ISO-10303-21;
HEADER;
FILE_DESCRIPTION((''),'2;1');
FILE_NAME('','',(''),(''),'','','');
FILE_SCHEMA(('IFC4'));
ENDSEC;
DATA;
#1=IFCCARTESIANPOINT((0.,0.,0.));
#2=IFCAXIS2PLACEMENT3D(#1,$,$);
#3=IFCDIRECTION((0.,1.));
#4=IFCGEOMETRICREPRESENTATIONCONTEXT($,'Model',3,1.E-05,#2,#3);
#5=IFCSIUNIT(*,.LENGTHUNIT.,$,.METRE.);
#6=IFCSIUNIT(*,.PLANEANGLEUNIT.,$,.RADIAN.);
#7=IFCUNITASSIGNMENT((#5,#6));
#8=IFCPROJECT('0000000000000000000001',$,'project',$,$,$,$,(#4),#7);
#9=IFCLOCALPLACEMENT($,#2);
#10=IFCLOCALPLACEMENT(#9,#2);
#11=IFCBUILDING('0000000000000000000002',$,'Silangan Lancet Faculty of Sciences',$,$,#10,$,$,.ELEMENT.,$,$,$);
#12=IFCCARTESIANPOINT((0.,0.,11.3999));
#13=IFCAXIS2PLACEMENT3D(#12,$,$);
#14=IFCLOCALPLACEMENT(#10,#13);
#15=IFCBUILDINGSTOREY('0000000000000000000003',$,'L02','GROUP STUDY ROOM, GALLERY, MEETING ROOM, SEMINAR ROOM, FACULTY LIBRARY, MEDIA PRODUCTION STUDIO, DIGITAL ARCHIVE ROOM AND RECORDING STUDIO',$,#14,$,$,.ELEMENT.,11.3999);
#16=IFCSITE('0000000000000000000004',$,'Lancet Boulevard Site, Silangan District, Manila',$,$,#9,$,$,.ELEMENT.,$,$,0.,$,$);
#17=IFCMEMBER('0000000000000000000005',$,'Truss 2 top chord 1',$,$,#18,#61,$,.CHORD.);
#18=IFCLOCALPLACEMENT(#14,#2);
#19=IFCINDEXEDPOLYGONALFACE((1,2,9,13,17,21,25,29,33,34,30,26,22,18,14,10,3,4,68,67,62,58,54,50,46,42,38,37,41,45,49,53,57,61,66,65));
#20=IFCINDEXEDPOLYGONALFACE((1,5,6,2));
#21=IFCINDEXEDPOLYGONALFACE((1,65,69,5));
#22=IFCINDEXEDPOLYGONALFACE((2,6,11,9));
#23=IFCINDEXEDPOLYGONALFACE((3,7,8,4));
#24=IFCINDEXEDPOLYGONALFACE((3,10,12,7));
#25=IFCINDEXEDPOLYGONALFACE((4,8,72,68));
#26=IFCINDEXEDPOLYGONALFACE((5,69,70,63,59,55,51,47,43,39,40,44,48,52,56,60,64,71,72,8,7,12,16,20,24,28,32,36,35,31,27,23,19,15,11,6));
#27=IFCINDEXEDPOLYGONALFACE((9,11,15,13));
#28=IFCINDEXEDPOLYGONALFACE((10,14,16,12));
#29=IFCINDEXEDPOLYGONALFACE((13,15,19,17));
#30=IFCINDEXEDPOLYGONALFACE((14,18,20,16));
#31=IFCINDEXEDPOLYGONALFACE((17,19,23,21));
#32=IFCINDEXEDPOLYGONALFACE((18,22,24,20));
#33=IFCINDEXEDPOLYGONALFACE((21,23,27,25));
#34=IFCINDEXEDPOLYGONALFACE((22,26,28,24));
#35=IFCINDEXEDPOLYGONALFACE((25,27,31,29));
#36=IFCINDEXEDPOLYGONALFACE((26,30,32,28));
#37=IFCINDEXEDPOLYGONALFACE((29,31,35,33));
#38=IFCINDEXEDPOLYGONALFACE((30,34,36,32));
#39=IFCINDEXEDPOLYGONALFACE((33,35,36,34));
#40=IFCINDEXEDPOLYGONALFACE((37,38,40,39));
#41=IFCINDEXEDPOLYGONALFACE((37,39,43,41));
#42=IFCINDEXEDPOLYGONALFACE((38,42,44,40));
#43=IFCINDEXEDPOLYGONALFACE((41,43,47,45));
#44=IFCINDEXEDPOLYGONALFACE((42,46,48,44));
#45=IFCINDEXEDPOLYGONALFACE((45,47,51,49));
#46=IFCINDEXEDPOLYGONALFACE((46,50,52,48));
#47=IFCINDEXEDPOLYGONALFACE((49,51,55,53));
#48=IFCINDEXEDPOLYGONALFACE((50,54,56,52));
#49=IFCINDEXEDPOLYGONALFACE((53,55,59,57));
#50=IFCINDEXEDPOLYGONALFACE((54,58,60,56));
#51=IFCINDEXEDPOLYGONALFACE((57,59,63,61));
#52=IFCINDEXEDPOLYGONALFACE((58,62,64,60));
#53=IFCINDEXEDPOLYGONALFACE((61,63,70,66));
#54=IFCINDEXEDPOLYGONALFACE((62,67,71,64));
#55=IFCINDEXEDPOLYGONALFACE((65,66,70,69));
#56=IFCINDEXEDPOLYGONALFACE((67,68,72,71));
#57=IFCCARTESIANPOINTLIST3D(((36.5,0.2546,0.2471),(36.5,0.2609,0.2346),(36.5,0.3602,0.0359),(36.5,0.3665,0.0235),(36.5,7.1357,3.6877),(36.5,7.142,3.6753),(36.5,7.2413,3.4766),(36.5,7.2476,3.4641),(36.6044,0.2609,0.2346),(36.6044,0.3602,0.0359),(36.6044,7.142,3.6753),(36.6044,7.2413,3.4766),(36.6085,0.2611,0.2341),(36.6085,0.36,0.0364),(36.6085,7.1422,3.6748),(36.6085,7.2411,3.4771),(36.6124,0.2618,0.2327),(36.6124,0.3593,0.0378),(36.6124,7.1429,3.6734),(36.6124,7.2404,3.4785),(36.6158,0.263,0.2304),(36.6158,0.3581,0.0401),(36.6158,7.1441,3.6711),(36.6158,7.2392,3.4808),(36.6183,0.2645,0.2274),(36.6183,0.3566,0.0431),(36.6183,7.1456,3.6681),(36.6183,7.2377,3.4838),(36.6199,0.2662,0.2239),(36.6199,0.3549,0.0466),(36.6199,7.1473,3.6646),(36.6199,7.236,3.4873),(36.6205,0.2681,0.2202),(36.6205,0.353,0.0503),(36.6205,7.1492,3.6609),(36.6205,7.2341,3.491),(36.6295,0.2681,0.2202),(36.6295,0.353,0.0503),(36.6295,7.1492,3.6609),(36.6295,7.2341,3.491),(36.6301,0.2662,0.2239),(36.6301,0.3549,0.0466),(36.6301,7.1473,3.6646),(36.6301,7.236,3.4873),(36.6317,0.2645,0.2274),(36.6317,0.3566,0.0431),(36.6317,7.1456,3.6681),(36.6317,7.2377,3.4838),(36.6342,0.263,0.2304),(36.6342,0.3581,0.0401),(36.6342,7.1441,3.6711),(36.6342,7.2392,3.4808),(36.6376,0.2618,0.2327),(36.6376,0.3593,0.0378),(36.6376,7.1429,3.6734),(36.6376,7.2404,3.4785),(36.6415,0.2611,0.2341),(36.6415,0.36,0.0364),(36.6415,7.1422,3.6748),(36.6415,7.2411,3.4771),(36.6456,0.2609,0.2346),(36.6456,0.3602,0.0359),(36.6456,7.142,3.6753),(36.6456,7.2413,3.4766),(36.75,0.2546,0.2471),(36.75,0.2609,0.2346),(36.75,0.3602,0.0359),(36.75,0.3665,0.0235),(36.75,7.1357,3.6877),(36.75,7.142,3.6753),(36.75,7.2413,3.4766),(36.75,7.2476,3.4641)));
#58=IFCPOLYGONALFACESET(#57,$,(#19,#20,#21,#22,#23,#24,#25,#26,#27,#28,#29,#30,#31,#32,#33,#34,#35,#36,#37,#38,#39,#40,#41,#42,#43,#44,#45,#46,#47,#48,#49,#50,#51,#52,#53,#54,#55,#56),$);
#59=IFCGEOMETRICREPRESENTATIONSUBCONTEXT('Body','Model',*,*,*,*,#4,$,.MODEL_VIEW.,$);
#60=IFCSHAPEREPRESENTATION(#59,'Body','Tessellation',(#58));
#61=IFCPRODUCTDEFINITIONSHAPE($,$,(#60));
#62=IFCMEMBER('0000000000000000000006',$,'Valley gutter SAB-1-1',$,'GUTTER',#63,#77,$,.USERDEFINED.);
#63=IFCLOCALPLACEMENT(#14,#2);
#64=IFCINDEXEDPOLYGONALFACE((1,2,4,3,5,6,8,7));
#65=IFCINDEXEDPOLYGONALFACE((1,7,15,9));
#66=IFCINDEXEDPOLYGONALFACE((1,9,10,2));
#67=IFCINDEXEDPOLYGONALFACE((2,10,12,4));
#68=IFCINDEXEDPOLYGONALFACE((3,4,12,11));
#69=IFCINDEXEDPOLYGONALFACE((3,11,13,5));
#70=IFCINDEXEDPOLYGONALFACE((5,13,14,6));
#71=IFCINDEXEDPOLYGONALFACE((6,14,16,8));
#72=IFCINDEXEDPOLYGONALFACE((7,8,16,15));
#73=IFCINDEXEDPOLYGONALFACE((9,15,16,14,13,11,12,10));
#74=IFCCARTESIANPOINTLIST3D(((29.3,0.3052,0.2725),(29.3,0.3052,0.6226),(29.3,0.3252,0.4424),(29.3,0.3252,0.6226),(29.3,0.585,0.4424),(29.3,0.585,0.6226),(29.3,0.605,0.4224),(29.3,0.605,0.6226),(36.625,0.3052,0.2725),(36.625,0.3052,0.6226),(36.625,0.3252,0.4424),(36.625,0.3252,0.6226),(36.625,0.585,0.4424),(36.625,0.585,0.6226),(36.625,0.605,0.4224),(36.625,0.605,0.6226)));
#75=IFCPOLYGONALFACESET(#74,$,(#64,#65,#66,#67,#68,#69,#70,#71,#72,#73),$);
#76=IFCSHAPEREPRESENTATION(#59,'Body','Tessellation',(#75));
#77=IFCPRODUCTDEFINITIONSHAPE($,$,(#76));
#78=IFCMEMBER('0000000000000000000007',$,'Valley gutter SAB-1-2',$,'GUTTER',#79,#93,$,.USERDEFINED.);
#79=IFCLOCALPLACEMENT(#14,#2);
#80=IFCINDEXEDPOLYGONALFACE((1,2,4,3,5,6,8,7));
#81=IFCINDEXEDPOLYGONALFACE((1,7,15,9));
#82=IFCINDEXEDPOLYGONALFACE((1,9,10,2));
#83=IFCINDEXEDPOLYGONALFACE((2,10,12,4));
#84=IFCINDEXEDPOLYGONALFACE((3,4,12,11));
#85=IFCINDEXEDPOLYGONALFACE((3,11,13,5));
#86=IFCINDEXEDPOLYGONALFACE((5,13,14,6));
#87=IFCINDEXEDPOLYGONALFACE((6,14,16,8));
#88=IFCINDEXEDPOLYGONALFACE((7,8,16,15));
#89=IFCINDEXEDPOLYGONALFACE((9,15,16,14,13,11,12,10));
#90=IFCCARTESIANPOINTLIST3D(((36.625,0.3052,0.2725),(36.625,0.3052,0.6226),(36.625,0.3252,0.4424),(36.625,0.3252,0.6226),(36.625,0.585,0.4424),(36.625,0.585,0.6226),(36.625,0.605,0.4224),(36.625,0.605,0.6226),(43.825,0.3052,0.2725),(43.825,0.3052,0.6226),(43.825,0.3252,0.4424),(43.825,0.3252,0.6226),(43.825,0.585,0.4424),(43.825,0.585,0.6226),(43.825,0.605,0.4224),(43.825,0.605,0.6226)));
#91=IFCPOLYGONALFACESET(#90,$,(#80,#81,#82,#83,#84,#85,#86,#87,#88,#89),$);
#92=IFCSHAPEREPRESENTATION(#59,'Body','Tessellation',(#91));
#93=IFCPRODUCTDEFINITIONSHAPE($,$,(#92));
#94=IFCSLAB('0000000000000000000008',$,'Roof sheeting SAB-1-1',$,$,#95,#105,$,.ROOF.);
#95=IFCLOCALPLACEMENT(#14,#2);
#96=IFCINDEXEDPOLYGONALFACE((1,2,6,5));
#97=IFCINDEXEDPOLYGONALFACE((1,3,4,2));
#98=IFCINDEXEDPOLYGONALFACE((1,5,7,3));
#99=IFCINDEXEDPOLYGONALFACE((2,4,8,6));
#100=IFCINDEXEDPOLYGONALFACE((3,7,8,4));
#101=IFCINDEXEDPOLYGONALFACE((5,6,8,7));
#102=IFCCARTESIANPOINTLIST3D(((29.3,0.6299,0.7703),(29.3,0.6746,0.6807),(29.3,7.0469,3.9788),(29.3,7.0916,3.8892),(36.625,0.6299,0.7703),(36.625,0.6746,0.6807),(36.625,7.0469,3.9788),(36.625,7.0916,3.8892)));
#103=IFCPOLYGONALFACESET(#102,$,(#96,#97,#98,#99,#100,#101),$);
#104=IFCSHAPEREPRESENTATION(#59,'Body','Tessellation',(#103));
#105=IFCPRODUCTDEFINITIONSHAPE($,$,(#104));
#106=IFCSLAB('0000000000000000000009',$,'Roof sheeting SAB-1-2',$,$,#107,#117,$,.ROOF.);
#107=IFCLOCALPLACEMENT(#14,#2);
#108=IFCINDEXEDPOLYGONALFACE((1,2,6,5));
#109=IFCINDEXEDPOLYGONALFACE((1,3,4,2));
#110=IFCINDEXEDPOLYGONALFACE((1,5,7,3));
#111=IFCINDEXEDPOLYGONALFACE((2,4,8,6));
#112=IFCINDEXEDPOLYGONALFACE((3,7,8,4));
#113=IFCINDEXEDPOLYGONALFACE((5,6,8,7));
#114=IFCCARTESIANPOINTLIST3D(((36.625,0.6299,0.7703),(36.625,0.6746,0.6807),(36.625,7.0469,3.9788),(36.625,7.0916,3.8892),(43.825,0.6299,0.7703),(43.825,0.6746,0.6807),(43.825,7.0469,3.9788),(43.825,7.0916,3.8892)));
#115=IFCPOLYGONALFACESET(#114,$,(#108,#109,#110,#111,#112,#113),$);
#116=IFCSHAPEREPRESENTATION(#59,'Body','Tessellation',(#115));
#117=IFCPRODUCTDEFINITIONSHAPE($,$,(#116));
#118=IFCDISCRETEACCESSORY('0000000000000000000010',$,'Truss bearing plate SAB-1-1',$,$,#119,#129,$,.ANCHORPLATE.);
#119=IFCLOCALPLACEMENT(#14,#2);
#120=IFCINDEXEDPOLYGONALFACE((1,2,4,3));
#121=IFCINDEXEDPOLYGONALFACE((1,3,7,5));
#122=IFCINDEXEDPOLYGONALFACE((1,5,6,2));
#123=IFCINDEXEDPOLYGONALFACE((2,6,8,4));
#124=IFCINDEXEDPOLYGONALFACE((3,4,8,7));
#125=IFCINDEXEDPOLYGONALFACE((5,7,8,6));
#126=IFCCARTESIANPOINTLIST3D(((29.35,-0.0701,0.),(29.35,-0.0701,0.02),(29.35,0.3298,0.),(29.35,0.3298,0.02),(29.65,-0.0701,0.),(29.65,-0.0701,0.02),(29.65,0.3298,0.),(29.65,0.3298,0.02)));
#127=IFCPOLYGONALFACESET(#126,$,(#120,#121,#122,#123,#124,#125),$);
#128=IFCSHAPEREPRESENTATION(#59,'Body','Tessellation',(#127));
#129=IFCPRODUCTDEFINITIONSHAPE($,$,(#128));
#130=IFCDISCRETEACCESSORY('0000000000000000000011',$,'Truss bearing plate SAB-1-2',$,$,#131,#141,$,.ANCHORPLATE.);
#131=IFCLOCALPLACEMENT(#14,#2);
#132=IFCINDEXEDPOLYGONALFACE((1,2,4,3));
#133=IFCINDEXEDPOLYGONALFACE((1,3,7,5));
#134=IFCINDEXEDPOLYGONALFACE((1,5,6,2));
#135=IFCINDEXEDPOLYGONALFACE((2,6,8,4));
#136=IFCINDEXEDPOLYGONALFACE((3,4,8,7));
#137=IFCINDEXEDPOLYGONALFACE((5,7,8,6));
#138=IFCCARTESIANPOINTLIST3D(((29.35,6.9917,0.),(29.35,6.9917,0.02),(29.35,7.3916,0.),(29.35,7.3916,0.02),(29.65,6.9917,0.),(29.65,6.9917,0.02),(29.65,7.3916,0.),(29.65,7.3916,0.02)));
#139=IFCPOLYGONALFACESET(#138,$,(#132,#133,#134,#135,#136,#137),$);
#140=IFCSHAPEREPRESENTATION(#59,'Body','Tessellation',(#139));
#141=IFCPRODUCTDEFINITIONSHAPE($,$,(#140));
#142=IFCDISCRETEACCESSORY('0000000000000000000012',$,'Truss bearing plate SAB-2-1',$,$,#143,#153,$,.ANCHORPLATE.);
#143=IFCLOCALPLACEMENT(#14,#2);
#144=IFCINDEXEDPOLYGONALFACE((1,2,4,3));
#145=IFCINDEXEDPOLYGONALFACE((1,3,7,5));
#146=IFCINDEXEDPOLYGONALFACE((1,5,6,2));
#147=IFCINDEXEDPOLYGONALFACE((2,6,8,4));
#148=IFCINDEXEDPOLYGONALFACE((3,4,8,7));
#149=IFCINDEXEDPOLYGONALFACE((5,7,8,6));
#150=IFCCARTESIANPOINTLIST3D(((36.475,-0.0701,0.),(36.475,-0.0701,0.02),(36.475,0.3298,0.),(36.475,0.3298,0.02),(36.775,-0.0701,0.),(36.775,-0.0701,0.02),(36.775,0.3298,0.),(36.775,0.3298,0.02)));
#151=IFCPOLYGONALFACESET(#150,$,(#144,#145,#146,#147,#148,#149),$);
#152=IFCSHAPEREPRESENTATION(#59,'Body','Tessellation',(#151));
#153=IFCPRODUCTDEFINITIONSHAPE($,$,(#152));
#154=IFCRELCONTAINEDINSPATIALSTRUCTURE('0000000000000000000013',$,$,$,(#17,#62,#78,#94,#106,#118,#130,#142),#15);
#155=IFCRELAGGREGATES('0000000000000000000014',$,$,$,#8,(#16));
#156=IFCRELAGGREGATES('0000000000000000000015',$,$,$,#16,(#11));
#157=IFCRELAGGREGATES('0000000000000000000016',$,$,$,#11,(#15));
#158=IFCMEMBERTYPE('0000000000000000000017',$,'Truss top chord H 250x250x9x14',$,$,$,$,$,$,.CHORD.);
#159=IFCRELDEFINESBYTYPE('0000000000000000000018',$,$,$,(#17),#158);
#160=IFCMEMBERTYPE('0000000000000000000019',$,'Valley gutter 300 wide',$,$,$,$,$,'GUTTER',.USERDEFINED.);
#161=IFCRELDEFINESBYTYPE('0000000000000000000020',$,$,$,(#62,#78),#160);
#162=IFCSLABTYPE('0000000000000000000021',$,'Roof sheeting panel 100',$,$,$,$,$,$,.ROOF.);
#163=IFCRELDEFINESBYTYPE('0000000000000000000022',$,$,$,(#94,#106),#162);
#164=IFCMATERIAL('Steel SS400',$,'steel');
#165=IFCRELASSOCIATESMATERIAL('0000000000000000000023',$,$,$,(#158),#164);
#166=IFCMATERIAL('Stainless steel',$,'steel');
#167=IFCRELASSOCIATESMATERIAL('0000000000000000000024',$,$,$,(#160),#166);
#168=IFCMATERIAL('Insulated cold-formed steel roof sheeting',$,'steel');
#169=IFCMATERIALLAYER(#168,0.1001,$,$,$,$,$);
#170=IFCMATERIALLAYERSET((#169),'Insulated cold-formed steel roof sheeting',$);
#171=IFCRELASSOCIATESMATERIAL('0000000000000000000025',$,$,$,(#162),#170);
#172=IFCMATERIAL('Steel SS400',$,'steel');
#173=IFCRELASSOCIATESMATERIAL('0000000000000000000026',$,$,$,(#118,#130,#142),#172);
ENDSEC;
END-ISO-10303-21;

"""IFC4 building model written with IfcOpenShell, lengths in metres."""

from ifc_helpers import new_model, si_unit, direction, frame, origin, origin_2d, place, context, subcontext, project, spatial, polyline, rectangle, i_section, outline, extrude, material, layer, layer_set, material_profile, profile_set, type_object, element, save


model = new_model("IFC4")

# Units and contexts
model_context = context("Model", 3, precision=1e-05, world=origin(), true_north=direction((0.0, 1.0)))
body_context = subcontext(model_context, "Body", "Model", "MODEL_VIEW")
ifc_project = project(units=[si_unit("LENGTHUNIT", "METRE"), si_unit("PLANEANGLEUNIT", "RADIAN")], contexts=[model_context])

# Site, building, storey
site_placement = place(None, origin())
site = spatial("IfcSite", under=ifc_project, at=site_placement, Name="Lancet Boulevard Site, Silangan District, Manila", CompositionType="ELEMENT", RefElevation=0.0)
building_placement = place(site_placement, origin())
building = spatial("IfcBuilding", under=site, at=building_placement, Name="Silangan Lancet Faculty of Sciences", CompositionType="ELEMENT")
storey_placement = place(building_placement, frame((0.0, 0.0, 11.3999)))
storey = spatial("IfcBuildingStorey", under=building, at=storey_placement, Name="L02", Description="GROUP STUDY ROOM, GALLERY, MEETING ROOM, SEMINAR ROOM, FACULTY LIBRARY, MEDIA PRODUCTION STUDIO, DIGITAL ARCHIVE ROOM AND RECORDING STUDIO", CompositionType="ELEMENT", Elevation=11.3999)

# Members
ifc_material_1 = material(Name="Steel SS400", Category="steel")
ifc_material_profile_1 = material_profile(ifc_material_1, i_section(OverallWidth=0.25, OverallDepth=0.25, WebThickness=0.009, FlangeThickness=0.0139, FilletRadius=0.0161, at=origin_2d()), Name="H 250x250x9x14")
ifc_profile_set_1 = profile_set([ifc_material_profile_1], Name="Steel SS400")
member_type_1 = type_object("IfcMemberType", Name="Truss top chord H 250x250x9x14", PredefinedType="CHORD", material=ifc_profile_set_1)
for number, where, z_axis, x_axis, name in (
    (1, (36.625, 0.3105, 0.1353), (0.0, 0.894421, 0.447226), (-1.0, 0.0, 0.0), "Truss 2 top chord 1"),
):
    element("IfcMember", number, at=place(storey_placement, frame(where, z_axis=z_axis, x_axis=x_axis)), inside=storey, type_object=member_type_1, Name=name, PredefinedType="CHORD", context=body_context, shape_type="SweptSolid", body=[
        extrude(i_section(OverallWidth=0.25, OverallDepth=0.25, WebThickness=0.009, FlangeThickness=0.0139, FilletRadius=0.0161, at=origin_2d()), origin(), (0.0, 0.0, 1.0), 7.6934),
    ])
ifc_material_2 = material(Name="Stainless steel", Category="steel")
ifc_material_profile_2 = material_profile(ifc_material_2, outline(polyline([(-0.1499, 0.0), (0.1499, 0.1499), (0.1499, 0.3501), (0.1299, 0.3501), (0.1299, 0.1699), (-0.1299, 0.1699), (-0.1299, 0.3501), (-0.1499, 0.3501), (-0.1499, 0.0)])), Name="valley gutter")
ifc_profile_set_2 = profile_set([ifc_material_profile_2], Name="Stainless steel")
member_type_2 = type_object("IfcMemberType", Name="Valley gutter 300 wide", ElementType="GUTTER", PredefinedType="USERDEFINED", material=ifc_profile_set_2)
member_1_placement = place(storey_placement, frame((29.3, 0.4551, 0.2725), z_axis=(1.0, 0.0, 0.0), x_axis=(0.0, 1.0, 0.0)))
element("IfcMember", 2, at=member_1_placement, inside=storey, type_object=member_type_2, Name="Valley gutter SAB-1-1", ObjectType="GUTTER", PredefinedType="USERDEFINED", context=body_context, shape_type="SweptSolid", body=[
    extrude(outline(polyline([(-0.1499, 0.0), (0.1499, 0.1499), (0.1499, 0.3501), (0.1299, 0.3501), (0.1299, 0.1699), (-0.1299, 0.1699), (-0.1299, 0.3501), (-0.1499, 0.3501), (-0.1499, 0.0)])), origin(), (0.0, 0.0, 1.0), 7.325),
])
member_2_placement = place(storey_placement, frame((36.625, 0.4551, 0.2725), z_axis=(1.0, 0.0, 0.0), x_axis=(0.0, 1.0, 0.0)))
element("IfcMember", 3, at=member_2_placement, inside=storey, type_object=member_type_2, Name="Valley gutter SAB-1-2", ObjectType="GUTTER", PredefinedType="USERDEFINED", context=body_context, shape_type="SweptSolid", body=[
    extrude(outline(polyline([(-0.1499, 0.0), (0.1499, 0.1499), (0.1499, 0.3501), (0.1299, 0.3501), (0.1299, 0.1699), (-0.1299, 0.1699), (-0.1299, 0.3501), (-0.1499, 0.3501), (-0.1499, 0.0)])), origin(), (0.0, 0.0, 1.0), 7.2),
])

# Slabs
ifc_material_3 = material(Name="Insulated cold-formed steel roof sheeting", Category="steel")
ifc_layer = layer(ifc_material_3, 0.1001)
ifc_layer_set = layer_set([ifc_layer], Name="Insulated cold-formed steel roof sheeting")
slab_type = type_object("IfcSlabType", Name="Roof sheeting panel 100", PredefinedType="ROOF", material=ifc_layer_set)
slab_1_placement = place(storey_placement, frame((29.3, 0.6299, 0.7703), z_axis=(0.0, -0.447214, 0.894427), x_axis=(1.0, 0.0, 0.0)))
element("IfcSlab", 4, at=slab_1_placement, inside=storey, type_object=slab_type, Name="Roof sheeting SAB-1-1", PredefinedType="ROOF", context=body_context, shape_type="SweptSolid", body=[
    extrude(outline(polyline([(0.0, 0.0), (7.325, 0.0), (7.325, 7.1744), (0.0, 7.1744), (0.0, 0.0)])), origin(), (0.0, 0.0, -1.0), 0.1001),
])
slab_2_placement = place(storey_placement, frame((36.625, 0.6299, 0.7703), z_axis=(0.0, -0.447214, 0.894427), x_axis=(1.0, 0.0, 0.0)))
element("IfcSlab", 5, at=slab_2_placement, inside=storey, type_object=slab_type, Name="Roof sheeting SAB-1-2", PredefinedType="ROOF", context=body_context, shape_type="SweptSolid", body=[
    extrude(outline(polyline([(0.0, 0.0), (7.2, 0.0), (7.2, 7.1744), (0.0, 7.1744), (0.0, 0.0)])), origin(), (0.0, 0.0, -1.0), 0.1001),
])

# Discrete accessories
ifc_material_4 = material(Name="Steel SS400", Category="steel")
for number, where, z_axis, x_axis, name in (
    (6, (29.5, 0.1299, 0.0), (0.0, 0.0, 1.0), (1.0, 0.0, 0.0), "Truss bearing plate SAB-1-1"),
    (7, (29.5, 7.1917, 0.0), (0.0, 0.0, 1.0), (1.0, 0.0, 0.0), "Truss bearing plate SAB-1-2"),
    (8, (36.625, 0.1299, 0.0), (0.0, 0.0, 1.0), (1.0, 0.0, 0.0), "Truss bearing plate SAB-2-1"),
):
    element("IfcDiscreteAccessory", number, at=place(storey_placement, frame(where, z_axis=z_axis, x_axis=x_axis)), inside=storey, material=ifc_material_4, Name=name, PredefinedType="ANCHORPLATE", context=body_context, shape_type="SweptSolid", body=[
        extrude(rectangle(XDim=0.3, YDim=0.3999, at=origin_2d()), origin(), (0.0, 0.0, 1.0), 0.02),
    ])

save(model, "model.ifc")
